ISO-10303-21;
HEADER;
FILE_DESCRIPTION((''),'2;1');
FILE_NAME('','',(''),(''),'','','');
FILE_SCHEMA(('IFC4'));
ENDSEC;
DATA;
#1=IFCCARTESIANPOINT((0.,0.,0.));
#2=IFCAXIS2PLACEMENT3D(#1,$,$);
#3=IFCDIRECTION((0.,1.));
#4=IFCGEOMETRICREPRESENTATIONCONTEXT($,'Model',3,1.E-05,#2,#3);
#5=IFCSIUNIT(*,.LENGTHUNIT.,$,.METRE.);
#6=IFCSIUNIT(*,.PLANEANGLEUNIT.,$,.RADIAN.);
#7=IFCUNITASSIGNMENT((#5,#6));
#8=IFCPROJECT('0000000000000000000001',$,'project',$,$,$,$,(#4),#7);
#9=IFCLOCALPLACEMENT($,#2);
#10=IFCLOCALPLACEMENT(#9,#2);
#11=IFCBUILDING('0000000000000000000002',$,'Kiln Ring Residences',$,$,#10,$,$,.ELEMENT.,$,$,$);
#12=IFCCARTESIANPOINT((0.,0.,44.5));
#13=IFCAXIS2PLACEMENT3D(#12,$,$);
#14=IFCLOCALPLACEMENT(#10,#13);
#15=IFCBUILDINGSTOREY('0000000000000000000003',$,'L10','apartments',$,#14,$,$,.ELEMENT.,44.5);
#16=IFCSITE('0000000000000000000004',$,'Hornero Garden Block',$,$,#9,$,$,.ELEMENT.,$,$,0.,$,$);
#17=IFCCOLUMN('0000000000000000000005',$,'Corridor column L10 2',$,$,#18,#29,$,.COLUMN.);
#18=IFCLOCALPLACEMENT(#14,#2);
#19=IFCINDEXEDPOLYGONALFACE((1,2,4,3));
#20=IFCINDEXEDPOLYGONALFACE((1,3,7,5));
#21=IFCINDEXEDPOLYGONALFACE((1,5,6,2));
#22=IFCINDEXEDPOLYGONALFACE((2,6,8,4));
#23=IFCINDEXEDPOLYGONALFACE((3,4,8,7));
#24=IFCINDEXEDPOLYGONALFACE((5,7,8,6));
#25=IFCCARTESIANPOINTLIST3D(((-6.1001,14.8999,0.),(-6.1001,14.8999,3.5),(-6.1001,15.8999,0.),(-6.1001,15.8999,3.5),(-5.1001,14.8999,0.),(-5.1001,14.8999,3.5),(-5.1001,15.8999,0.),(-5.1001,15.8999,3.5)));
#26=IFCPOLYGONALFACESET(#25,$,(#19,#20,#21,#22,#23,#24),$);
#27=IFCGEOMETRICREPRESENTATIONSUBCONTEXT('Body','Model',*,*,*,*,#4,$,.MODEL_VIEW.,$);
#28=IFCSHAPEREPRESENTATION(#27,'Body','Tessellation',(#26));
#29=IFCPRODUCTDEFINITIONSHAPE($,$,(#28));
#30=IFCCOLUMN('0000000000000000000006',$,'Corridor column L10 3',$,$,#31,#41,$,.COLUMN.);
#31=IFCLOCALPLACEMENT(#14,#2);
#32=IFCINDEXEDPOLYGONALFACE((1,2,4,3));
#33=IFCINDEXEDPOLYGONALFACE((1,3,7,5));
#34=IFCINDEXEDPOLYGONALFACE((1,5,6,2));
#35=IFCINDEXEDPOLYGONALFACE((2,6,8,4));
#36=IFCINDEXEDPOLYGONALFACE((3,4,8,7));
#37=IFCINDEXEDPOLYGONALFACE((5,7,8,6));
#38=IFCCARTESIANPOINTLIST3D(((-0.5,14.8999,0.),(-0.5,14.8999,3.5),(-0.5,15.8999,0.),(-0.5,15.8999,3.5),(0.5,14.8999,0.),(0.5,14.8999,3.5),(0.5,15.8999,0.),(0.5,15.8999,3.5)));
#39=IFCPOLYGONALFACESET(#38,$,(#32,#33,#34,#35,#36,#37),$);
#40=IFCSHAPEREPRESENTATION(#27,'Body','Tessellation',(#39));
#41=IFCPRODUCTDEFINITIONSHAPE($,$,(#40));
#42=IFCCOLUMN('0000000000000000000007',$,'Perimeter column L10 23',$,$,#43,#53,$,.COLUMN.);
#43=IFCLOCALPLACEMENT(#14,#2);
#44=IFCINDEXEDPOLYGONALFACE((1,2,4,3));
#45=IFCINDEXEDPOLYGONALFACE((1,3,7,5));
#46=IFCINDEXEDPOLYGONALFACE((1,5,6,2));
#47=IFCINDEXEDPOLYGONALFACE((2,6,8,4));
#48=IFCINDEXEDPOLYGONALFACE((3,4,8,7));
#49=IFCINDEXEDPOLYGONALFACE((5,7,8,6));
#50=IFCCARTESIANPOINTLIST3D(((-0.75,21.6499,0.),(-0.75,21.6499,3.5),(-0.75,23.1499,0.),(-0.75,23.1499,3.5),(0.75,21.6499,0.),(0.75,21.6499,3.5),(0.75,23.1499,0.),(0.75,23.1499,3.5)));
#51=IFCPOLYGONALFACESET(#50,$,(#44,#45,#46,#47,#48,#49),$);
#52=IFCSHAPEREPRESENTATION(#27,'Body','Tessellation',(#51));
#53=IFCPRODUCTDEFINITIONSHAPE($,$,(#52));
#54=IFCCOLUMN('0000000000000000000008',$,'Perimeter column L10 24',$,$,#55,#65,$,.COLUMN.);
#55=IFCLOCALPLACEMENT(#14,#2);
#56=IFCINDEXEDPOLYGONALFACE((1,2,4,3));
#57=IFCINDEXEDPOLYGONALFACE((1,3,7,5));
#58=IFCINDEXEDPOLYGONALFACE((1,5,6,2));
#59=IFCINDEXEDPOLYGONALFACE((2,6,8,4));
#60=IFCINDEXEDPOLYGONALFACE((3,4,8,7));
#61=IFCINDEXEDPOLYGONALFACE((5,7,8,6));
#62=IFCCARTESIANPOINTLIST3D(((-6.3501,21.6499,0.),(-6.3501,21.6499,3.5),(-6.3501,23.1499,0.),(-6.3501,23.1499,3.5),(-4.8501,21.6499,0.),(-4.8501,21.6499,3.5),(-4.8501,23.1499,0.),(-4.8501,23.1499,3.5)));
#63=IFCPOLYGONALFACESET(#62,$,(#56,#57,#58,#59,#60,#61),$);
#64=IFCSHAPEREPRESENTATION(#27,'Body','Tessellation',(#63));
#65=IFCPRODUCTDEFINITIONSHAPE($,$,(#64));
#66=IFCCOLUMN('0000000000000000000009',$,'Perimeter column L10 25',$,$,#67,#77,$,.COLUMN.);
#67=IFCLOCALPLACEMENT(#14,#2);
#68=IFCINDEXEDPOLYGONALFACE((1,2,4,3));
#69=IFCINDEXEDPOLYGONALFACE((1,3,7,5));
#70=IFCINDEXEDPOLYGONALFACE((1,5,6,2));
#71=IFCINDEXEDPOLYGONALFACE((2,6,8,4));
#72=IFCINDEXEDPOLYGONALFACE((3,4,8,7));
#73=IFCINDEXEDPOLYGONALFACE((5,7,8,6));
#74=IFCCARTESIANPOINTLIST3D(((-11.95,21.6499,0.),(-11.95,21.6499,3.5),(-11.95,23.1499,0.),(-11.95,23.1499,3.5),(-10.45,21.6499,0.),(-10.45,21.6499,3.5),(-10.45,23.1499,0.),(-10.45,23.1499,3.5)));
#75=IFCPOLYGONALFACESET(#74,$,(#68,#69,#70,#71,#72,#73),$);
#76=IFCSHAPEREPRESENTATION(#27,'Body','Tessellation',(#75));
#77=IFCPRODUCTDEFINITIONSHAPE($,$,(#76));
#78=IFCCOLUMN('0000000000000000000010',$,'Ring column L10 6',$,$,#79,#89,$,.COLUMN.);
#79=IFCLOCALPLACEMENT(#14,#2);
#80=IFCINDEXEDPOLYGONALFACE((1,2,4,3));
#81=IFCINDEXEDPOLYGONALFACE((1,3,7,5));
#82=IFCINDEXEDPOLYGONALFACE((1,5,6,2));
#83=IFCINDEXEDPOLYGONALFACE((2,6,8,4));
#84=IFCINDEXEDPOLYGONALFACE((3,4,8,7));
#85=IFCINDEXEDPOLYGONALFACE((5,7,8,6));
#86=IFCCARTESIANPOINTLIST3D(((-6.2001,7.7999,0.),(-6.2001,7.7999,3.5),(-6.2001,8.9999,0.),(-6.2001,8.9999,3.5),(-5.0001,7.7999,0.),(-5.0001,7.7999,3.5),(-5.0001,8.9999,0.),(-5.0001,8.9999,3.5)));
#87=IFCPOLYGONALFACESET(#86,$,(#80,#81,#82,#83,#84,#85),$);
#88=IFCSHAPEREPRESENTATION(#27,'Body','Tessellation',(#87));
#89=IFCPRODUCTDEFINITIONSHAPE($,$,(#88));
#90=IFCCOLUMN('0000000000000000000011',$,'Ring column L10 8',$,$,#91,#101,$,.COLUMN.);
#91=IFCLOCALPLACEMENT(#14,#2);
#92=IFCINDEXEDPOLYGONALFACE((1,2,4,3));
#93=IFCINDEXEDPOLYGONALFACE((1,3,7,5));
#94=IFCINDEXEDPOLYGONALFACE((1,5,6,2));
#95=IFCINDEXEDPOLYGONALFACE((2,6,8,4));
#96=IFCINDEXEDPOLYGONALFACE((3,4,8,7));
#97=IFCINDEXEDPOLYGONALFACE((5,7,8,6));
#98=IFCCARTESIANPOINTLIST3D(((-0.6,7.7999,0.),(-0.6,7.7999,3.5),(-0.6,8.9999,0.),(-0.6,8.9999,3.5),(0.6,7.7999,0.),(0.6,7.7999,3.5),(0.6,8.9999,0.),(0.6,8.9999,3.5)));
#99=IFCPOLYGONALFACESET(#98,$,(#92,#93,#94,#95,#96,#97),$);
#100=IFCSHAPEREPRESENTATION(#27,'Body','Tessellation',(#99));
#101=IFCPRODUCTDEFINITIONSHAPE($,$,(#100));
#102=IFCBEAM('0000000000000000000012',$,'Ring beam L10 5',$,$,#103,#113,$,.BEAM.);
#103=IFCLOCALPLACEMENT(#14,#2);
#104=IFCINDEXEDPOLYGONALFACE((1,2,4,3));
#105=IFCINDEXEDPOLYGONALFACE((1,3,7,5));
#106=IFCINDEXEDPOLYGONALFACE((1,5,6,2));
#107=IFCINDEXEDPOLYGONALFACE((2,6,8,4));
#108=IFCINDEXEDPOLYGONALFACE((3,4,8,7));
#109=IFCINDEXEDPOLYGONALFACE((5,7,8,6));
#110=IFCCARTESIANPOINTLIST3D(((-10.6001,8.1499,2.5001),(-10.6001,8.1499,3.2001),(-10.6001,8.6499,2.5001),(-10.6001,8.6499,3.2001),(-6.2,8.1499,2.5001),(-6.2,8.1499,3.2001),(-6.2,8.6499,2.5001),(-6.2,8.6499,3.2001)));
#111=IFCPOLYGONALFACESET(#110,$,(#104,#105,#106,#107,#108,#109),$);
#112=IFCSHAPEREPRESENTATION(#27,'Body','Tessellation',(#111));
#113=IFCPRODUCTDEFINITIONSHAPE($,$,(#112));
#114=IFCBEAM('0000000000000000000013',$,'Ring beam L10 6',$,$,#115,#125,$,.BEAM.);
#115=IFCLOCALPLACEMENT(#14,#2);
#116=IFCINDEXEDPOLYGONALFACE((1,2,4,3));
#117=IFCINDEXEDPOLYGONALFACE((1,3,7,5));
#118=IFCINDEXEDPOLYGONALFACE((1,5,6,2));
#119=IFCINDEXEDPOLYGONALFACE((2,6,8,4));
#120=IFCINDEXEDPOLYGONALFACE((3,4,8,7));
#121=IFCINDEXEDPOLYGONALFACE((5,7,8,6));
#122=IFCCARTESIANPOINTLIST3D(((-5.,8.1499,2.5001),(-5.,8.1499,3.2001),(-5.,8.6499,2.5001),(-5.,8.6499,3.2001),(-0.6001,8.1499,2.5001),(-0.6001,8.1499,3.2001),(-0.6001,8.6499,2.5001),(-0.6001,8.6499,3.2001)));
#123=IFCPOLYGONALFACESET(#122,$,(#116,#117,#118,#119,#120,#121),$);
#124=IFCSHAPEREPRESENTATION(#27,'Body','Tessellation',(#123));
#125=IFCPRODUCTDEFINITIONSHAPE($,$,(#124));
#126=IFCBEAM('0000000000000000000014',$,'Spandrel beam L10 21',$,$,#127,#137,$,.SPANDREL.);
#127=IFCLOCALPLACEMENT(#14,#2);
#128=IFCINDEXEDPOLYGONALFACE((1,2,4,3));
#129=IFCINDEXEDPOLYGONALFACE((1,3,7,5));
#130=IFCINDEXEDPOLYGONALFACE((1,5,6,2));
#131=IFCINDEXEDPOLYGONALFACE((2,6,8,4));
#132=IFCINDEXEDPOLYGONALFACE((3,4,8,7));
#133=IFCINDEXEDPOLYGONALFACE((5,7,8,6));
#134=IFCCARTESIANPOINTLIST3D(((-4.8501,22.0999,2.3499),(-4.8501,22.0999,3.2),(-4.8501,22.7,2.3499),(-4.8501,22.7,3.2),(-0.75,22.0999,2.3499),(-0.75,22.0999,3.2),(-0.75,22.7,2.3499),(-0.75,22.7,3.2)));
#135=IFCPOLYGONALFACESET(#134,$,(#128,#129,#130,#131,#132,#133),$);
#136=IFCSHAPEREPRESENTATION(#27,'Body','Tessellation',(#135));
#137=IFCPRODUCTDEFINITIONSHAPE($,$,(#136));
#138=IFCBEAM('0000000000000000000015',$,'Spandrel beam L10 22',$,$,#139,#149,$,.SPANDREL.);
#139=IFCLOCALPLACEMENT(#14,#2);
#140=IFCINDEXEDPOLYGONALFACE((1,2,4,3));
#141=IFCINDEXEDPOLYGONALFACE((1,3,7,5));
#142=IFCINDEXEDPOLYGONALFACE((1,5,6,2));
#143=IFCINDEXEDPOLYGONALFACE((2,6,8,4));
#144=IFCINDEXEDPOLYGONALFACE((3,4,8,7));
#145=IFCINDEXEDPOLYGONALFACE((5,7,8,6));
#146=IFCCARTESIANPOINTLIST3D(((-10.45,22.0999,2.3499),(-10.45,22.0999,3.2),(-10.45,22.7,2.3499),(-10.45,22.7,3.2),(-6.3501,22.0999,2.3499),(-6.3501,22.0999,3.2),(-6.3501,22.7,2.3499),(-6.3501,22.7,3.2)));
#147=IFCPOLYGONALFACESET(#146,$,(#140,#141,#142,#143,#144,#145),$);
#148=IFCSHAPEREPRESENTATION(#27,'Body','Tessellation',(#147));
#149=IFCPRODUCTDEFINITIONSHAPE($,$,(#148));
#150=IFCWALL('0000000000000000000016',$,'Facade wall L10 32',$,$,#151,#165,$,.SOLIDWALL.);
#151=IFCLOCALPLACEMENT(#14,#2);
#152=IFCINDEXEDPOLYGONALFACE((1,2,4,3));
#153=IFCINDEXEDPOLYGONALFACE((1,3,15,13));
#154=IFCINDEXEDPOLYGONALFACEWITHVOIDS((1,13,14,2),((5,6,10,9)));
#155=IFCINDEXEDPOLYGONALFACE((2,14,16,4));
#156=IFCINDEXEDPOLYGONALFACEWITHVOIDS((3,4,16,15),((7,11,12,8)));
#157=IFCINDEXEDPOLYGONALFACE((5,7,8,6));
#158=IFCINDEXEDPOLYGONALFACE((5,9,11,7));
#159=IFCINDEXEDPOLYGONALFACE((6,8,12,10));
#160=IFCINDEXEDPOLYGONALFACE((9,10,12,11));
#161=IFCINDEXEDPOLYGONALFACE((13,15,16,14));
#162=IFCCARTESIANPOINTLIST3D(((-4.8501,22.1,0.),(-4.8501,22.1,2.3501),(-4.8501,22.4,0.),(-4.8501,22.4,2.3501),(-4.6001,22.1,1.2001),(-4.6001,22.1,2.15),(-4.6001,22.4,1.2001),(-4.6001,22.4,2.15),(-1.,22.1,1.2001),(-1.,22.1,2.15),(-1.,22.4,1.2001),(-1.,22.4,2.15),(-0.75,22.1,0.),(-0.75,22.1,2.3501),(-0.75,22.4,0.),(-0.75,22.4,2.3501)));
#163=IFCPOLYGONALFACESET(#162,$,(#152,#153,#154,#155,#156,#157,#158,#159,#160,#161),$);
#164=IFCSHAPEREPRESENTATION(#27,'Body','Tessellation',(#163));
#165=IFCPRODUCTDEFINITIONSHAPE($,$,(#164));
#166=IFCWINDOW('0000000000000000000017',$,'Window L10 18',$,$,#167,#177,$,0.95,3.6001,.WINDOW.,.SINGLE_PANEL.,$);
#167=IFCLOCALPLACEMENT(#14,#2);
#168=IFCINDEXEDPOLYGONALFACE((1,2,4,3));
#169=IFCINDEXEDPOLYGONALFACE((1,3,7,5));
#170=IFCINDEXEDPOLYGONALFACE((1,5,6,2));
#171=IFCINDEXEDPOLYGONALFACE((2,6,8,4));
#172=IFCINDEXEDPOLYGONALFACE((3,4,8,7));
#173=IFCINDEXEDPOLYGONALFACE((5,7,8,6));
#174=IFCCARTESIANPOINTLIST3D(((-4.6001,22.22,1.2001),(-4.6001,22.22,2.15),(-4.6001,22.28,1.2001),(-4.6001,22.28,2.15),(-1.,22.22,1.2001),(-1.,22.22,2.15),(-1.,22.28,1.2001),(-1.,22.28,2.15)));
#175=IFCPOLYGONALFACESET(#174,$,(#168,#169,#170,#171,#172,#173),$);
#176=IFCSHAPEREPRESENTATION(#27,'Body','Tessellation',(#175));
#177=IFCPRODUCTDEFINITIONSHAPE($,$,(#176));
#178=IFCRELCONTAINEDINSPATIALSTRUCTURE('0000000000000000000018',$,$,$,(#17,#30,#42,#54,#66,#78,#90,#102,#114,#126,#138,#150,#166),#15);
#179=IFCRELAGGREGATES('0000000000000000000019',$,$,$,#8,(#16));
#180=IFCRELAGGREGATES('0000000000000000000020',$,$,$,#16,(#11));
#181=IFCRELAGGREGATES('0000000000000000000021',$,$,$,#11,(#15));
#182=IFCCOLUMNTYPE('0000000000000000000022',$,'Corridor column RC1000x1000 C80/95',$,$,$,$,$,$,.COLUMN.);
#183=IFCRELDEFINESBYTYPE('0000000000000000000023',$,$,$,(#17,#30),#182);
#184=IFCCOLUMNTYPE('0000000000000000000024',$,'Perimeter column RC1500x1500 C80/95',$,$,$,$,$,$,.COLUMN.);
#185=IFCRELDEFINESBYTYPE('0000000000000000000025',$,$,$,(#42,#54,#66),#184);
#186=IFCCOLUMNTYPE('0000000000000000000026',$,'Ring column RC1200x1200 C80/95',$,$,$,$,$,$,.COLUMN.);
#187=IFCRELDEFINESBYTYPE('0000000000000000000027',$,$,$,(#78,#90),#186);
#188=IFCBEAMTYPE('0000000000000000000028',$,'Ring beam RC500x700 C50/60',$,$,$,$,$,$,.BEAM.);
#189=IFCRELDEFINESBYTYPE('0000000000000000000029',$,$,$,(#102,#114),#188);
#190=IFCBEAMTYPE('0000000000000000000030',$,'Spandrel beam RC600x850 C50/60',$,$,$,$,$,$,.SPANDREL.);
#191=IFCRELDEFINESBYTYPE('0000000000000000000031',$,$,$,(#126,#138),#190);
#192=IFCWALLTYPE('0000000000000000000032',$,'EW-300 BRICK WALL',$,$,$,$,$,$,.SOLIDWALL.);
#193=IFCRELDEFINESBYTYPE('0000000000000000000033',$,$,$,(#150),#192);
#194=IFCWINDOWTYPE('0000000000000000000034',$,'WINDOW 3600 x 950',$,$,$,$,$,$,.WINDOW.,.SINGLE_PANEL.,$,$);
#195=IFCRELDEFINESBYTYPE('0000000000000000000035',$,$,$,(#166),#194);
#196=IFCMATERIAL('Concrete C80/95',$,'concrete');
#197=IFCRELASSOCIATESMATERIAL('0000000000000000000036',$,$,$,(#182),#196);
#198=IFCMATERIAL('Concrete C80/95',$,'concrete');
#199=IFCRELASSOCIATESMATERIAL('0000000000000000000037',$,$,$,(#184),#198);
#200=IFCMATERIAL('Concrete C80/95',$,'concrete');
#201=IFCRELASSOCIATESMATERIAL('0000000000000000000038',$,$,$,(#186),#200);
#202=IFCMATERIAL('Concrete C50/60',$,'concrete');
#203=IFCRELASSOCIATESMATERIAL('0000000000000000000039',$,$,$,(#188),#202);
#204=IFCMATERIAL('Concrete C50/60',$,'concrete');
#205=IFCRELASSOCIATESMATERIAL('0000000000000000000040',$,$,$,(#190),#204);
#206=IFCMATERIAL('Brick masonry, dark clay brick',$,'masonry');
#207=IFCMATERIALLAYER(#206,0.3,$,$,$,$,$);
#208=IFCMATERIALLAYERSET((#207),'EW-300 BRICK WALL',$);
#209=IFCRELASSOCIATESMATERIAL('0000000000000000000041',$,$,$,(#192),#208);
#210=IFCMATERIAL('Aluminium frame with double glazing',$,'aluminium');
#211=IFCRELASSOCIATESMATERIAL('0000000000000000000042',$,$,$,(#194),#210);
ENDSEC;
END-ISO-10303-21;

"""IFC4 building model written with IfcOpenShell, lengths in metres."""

from ifc_helpers import new_model, si_unit, direction, frame, frame_2d, origin, origin_2d, place, context, subcontext, project, spatial, rectangle, extrude, material, layer, layer_set, material_profile, profile_set, type_object, element, fill, save


model = new_model("IFC4")

# Units and contexts
model_context = context("Model", 3, precision=1e-05, world=origin(), true_north=direction((0.0, 1.0)))
body_context = subcontext(model_context, "Body", "Model", "MODEL_VIEW")
ifc_project = project(units=[si_unit("LENGTHUNIT", "METRE"), si_unit("PLANEANGLEUNIT", "RADIAN")], contexts=[model_context])

# Site, building, storey
site_placement = place(None, origin())
site = spatial("IfcSite", under=ifc_project, at=site_placement, Name="Hornero Garden Block", CompositionType="ELEMENT", RefElevation=0.0)
building_placement = place(site_placement, origin())
building = spatial("IfcBuilding", under=site, at=building_placement, Name="Kiln Ring Residences", CompositionType="ELEMENT")
storey_placement = place(building_placement, frame((0.0, 0.0, 44.5)))
storey = spatial("IfcBuildingStorey", under=building, at=storey_placement, Name="L10", Description="apartments", CompositionType="ELEMENT", Elevation=44.5)

# Columns
ifc_material_1 = material(Name="Concrete C80/95", Category="concrete")
ifc_material_profile_1 = material_profile(ifc_material_1, rectangle(XDim=1.0, YDim=1.0, at=origin_2d()), Name="RC1000x1000")
ifc_profile_set_1 = profile_set([ifc_material_profile_1], Name="Concrete C80/95")
column_type_1 = type_object("IfcColumnType", Name="Corridor column RC1000x1000 C80/95", PredefinedType="COLUMN", material=ifc_profile_set_1)
for number, where, z_axis, x_axis, name in (
    (1, (-5.6001, 15.3999, 0.0), (0.0, 0.0, 1.0), (1.0, 0.0, 0.0), "Corridor column L10 2"),
    (2, (0.0, 15.3999, 0.0), (0.0, 0.0, 1.0), (1.0, 0.0, 0.0), "Corridor column L10 3"),
):
    element("IfcColumn", number, at=place(storey_placement, frame(where, z_axis=z_axis, x_axis=x_axis)), inside=storey, type_object=column_type_1, Name=name, PredefinedType="COLUMN", context=body_context, shape_type="SweptSolid", body=[
        extrude(rectangle(XDim=1.0, YDim=1.0, at=origin_2d()), origin(), (0.0, 0.0, 1.0), 3.5),
    ])
ifc_material_2 = material(Name="Concrete C80/95", Category="concrete")
ifc_material_profile_2 = material_profile(ifc_material_2, rectangle(XDim=1.5, YDim=1.5, at=origin_2d()), Name="RC1500x1500")
ifc_profile_set_2 = profile_set([ifc_material_profile_2], Name="Concrete C80/95")
column_type_2 = type_object("IfcColumnType", Name="Perimeter column RC1500x1500 C80/95", PredefinedType="COLUMN", material=ifc_profile_set_2)
for number, where, z_axis, x_axis, name in (
    (3, (0.0, 22.3999, 0.0), (0.0, 0.0, 1.0), (1.0, 0.0, 0.0), "Perimeter column L10 23"),
    (4, (-5.6001, 22.3999, 0.0), (0.0, 0.0, 1.0), (1.0, 0.0, 0.0), "Perimeter column L10 24"),
    (5, (-11.2, 22.3999, 0.0), (0.0, 0.0, 1.0), (1.0, 0.0, 0.0), "Perimeter column L10 25"),
):
    element("IfcColumn", number, at=place(storey_placement, frame(where, z_axis=z_axis, x_axis=x_axis)), inside=storey, type_object=column_type_2, Name=name, PredefinedType="COLUMN", context=body_context, shape_type="SweptSolid", body=[
        extrude(rectangle(XDim=1.5, YDim=1.5, at=origin_2d()), origin(), (0.0, 0.0, 1.0), 3.5),
    ])
ifc_material_3 = material(Name="Concrete C80/95", Category="concrete")
ifc_material_profile_3 = material_profile(ifc_material_3, rectangle(XDim=1.2, YDim=1.2, at=origin_2d()), Name="RC1200x1200")
ifc_profile_set_3 = profile_set([ifc_material_profile_3], Name="Concrete C80/95")
column_type_3 = type_object("IfcColumnType", Name="Ring column RC1200x1200 C80/95", PredefinedType="COLUMN", material=ifc_profile_set_3)
for number, where, z_axis, x_axis, name in (
    (6, (-5.6001, 8.3999, 0.0), (0.0, 0.0, 1.0), (1.0, 0.0, 0.0), "Ring column L10 6"),
    (7, (0.0, 8.3999, 0.0), (0.0, 0.0, 1.0), (1.0, 0.0, 0.0), "Ring column L10 8"),
):
    element("IfcColumn", number, at=place(storey_placement, frame(where, z_axis=z_axis, x_axis=x_axis)), inside=storey, type_object=column_type_3, Name=name, PredefinedType="COLUMN", context=body_context, shape_type="SweptSolid", body=[
        extrude(rectangle(XDim=1.2, YDim=1.2, at=origin_2d()), origin(), (0.0, 0.0, 1.0), 3.5),
    ])

# Beams
ifc_material_4 = material(Name="Concrete C50/60", Category="concrete")
ifc_material_profile_4 = material_profile(ifc_material_4, rectangle(XDim=0.5, YDim=0.7, at=origin_2d()), Name="RC500x700")
ifc_profile_set_4 = profile_set([ifc_material_profile_4], Name="Concrete C50/60")
beam_type_1 = type_object("IfcBeamType", Name="Ring beam RC500x700 C50/60", PredefinedType="BEAM", material=ifc_profile_set_4)
beam_1_placement = place(storey_placement, frame((-10.6001, 8.3999, 2.8501), z_axis=(1.0, 0.0, 0.0), x_axis=(0.0, 1.0, 0.0)))
element("IfcBeam", 8, at=beam_1_placement, inside=storey, type_object=beam_type_1, Name="Ring beam L10 5", PredefinedType="BEAM", context=body_context, shape_type="SweptSolid", body=[
    extrude(rectangle(XDim=0.5, YDim=0.7, at=origin_2d()), origin(), (0.0, 0.0, 1.0), 4.4001),
])
beam_2_placement = place(storey_placement, frame((-5.0, 8.3999, 2.8501), z_axis=(1.0, 0.0, 0.0), x_axis=(0.0, 1.0, 0.0)))
element("IfcBeam", 9, at=beam_2_placement, inside=storey, type_object=beam_type_1, Name="Ring beam L10 6", PredefinedType="BEAM", context=body_context, shape_type="SweptSolid", body=[
    extrude(rectangle(XDim=0.5, YDim=0.7, at=origin_2d()), origin(), (0.0, 0.0, 1.0), 4.3999),
])
ifc_material_5 = material(Name="Concrete C50/60", Category="concrete")
ifc_material_profile_5 = material_profile(ifc_material_5, rectangle(XDim=0.6001, YDim=0.8501, at=origin_2d()), Name="RC600x850")
ifc_profile_set_5 = profile_set([ifc_material_profile_5], Name="Concrete C50/60")
beam_type_2 = type_object("IfcBeamType", Name="Spandrel beam RC600x850 C50/60", PredefinedType="SPANDREL", material=ifc_profile_set_5)
beam_3_placement = place(storey_placement, frame((-0.75, 22.3999, 2.7749), z_axis=(-1.0, 0.0, 0.0), x_axis=(0.0, -1.0, 0.0)))
element("IfcBeam", 10, at=beam_3_placement, inside=storey, type_object=beam_type_2, Name="Spandrel beam L10 21", PredefinedType="SPANDREL", context=body_context, shape_type="SweptSolid", body=[
    extrude(rectangle(XDim=0.6001, YDim=0.8501, at=origin_2d()), origin(), (0.0, 0.0, 1.0), 4.1001),
])
beam_4_placement = place(storey_placement, frame((-6.3501, 22.3999, 2.7749), z_axis=(-1.0, 0.0, 0.0), x_axis=(0.0, -1.0, 0.0)))
element("IfcBeam", 11, at=beam_4_placement, inside=storey, type_object=beam_type_2, Name="Spandrel beam L10 22", PredefinedType="SPANDREL", context=body_context, shape_type="SweptSolid", body=[
    extrude(rectangle(XDim=0.6001, YDim=0.8501, at=origin_2d()), origin(), (0.0, 0.0, 1.0), 4.0999),
])

# Wall, opening, window
ifc_material_6 = material(Name="Brick masonry, dark clay brick", Category="masonry")
ifc_layer_1 = layer(ifc_material_6, 0.3)
ifc_layer_set_1 = layer_set([ifc_layer_1], Name="EW-300 BRICK WALL")
wall_type_1 = type_object("IfcWallType", Name="EW-300 BRICK WALL", PredefinedType="SOLIDWALL", material=ifc_layer_set_1)
wall_1_placement = place(storey_placement, frame((-0.75, 22.25, 0.0), z_axis=(0.0, 0.0, 1.0), x_axis=(-1.0, 0.0, 0.0)))
wall_1 = element("IfcWall", 12, at=wall_1_placement, inside=storey, type_object=wall_type_1, Name="Facade wall L10 32", PredefinedType="SOLIDWALL", context=body_context, shape_type="SweptSolid", body=[
    extrude(rectangle(XDim=4.1001, YDim=0.3, at=frame_2d((2.05, 0.0))), origin(), (0.0, 0.0, 1.0), 2.3501),
])
opening_1_placement = place(wall_1_placement, frame((0.25, 0.0, 1.2)))
opening_1 = element("IfcOpeningElement", 13, at=opening_1_placement, cuts=wall_1, PredefinedType="OPENING", context=body_context, shape_type="SweptSolid", body=[
    extrude(rectangle(XDim=3.6001, YDim=0.95, at=frame_2d((1.8, 0.4751))), frame((0.0, 0.1599, 0.0), z_axis=(0.0, -1.0, 0.0), x_axis=(1.0, 0.0, 0.0)), (0.0, 0.0, 1.0), 0.3201),
])
ifc_material_7 = material(Name="Aluminium frame with double glazing", Category="aluminium")
window_type_1 = type_object("IfcWindowType", Name="WINDOW 3600 x 950", PartitioningType="SINGLE_PANEL", PredefinedType="WINDOW", material=ifc_material_7)
window_1_placement = place(opening_1_placement, origin())
window_1 = element("IfcWindow", 14, at=window_1_placement, inside=storey, type_object=window_type_1, Name="Window L10 18", OverallHeight=0.95, OverallWidth=3.6001, PartitioningType="SINGLE_PANEL", PredefinedType="WINDOW", context=body_context, shape_type="SweptSolid", body=[
    extrude(rectangle(XDim=3.6001, YDim=0.95, at=frame_2d((1.8, 0.4751))), frame((0.0, 0.03, 0.0), z_axis=(0.0, -1.0, 0.0), x_axis=(1.0, 0.0, 0.0)), (0.0, 0.0, 1.0), 0.0601),
])
fill(opening_1, window_1)

save(model, "model.ifc")
